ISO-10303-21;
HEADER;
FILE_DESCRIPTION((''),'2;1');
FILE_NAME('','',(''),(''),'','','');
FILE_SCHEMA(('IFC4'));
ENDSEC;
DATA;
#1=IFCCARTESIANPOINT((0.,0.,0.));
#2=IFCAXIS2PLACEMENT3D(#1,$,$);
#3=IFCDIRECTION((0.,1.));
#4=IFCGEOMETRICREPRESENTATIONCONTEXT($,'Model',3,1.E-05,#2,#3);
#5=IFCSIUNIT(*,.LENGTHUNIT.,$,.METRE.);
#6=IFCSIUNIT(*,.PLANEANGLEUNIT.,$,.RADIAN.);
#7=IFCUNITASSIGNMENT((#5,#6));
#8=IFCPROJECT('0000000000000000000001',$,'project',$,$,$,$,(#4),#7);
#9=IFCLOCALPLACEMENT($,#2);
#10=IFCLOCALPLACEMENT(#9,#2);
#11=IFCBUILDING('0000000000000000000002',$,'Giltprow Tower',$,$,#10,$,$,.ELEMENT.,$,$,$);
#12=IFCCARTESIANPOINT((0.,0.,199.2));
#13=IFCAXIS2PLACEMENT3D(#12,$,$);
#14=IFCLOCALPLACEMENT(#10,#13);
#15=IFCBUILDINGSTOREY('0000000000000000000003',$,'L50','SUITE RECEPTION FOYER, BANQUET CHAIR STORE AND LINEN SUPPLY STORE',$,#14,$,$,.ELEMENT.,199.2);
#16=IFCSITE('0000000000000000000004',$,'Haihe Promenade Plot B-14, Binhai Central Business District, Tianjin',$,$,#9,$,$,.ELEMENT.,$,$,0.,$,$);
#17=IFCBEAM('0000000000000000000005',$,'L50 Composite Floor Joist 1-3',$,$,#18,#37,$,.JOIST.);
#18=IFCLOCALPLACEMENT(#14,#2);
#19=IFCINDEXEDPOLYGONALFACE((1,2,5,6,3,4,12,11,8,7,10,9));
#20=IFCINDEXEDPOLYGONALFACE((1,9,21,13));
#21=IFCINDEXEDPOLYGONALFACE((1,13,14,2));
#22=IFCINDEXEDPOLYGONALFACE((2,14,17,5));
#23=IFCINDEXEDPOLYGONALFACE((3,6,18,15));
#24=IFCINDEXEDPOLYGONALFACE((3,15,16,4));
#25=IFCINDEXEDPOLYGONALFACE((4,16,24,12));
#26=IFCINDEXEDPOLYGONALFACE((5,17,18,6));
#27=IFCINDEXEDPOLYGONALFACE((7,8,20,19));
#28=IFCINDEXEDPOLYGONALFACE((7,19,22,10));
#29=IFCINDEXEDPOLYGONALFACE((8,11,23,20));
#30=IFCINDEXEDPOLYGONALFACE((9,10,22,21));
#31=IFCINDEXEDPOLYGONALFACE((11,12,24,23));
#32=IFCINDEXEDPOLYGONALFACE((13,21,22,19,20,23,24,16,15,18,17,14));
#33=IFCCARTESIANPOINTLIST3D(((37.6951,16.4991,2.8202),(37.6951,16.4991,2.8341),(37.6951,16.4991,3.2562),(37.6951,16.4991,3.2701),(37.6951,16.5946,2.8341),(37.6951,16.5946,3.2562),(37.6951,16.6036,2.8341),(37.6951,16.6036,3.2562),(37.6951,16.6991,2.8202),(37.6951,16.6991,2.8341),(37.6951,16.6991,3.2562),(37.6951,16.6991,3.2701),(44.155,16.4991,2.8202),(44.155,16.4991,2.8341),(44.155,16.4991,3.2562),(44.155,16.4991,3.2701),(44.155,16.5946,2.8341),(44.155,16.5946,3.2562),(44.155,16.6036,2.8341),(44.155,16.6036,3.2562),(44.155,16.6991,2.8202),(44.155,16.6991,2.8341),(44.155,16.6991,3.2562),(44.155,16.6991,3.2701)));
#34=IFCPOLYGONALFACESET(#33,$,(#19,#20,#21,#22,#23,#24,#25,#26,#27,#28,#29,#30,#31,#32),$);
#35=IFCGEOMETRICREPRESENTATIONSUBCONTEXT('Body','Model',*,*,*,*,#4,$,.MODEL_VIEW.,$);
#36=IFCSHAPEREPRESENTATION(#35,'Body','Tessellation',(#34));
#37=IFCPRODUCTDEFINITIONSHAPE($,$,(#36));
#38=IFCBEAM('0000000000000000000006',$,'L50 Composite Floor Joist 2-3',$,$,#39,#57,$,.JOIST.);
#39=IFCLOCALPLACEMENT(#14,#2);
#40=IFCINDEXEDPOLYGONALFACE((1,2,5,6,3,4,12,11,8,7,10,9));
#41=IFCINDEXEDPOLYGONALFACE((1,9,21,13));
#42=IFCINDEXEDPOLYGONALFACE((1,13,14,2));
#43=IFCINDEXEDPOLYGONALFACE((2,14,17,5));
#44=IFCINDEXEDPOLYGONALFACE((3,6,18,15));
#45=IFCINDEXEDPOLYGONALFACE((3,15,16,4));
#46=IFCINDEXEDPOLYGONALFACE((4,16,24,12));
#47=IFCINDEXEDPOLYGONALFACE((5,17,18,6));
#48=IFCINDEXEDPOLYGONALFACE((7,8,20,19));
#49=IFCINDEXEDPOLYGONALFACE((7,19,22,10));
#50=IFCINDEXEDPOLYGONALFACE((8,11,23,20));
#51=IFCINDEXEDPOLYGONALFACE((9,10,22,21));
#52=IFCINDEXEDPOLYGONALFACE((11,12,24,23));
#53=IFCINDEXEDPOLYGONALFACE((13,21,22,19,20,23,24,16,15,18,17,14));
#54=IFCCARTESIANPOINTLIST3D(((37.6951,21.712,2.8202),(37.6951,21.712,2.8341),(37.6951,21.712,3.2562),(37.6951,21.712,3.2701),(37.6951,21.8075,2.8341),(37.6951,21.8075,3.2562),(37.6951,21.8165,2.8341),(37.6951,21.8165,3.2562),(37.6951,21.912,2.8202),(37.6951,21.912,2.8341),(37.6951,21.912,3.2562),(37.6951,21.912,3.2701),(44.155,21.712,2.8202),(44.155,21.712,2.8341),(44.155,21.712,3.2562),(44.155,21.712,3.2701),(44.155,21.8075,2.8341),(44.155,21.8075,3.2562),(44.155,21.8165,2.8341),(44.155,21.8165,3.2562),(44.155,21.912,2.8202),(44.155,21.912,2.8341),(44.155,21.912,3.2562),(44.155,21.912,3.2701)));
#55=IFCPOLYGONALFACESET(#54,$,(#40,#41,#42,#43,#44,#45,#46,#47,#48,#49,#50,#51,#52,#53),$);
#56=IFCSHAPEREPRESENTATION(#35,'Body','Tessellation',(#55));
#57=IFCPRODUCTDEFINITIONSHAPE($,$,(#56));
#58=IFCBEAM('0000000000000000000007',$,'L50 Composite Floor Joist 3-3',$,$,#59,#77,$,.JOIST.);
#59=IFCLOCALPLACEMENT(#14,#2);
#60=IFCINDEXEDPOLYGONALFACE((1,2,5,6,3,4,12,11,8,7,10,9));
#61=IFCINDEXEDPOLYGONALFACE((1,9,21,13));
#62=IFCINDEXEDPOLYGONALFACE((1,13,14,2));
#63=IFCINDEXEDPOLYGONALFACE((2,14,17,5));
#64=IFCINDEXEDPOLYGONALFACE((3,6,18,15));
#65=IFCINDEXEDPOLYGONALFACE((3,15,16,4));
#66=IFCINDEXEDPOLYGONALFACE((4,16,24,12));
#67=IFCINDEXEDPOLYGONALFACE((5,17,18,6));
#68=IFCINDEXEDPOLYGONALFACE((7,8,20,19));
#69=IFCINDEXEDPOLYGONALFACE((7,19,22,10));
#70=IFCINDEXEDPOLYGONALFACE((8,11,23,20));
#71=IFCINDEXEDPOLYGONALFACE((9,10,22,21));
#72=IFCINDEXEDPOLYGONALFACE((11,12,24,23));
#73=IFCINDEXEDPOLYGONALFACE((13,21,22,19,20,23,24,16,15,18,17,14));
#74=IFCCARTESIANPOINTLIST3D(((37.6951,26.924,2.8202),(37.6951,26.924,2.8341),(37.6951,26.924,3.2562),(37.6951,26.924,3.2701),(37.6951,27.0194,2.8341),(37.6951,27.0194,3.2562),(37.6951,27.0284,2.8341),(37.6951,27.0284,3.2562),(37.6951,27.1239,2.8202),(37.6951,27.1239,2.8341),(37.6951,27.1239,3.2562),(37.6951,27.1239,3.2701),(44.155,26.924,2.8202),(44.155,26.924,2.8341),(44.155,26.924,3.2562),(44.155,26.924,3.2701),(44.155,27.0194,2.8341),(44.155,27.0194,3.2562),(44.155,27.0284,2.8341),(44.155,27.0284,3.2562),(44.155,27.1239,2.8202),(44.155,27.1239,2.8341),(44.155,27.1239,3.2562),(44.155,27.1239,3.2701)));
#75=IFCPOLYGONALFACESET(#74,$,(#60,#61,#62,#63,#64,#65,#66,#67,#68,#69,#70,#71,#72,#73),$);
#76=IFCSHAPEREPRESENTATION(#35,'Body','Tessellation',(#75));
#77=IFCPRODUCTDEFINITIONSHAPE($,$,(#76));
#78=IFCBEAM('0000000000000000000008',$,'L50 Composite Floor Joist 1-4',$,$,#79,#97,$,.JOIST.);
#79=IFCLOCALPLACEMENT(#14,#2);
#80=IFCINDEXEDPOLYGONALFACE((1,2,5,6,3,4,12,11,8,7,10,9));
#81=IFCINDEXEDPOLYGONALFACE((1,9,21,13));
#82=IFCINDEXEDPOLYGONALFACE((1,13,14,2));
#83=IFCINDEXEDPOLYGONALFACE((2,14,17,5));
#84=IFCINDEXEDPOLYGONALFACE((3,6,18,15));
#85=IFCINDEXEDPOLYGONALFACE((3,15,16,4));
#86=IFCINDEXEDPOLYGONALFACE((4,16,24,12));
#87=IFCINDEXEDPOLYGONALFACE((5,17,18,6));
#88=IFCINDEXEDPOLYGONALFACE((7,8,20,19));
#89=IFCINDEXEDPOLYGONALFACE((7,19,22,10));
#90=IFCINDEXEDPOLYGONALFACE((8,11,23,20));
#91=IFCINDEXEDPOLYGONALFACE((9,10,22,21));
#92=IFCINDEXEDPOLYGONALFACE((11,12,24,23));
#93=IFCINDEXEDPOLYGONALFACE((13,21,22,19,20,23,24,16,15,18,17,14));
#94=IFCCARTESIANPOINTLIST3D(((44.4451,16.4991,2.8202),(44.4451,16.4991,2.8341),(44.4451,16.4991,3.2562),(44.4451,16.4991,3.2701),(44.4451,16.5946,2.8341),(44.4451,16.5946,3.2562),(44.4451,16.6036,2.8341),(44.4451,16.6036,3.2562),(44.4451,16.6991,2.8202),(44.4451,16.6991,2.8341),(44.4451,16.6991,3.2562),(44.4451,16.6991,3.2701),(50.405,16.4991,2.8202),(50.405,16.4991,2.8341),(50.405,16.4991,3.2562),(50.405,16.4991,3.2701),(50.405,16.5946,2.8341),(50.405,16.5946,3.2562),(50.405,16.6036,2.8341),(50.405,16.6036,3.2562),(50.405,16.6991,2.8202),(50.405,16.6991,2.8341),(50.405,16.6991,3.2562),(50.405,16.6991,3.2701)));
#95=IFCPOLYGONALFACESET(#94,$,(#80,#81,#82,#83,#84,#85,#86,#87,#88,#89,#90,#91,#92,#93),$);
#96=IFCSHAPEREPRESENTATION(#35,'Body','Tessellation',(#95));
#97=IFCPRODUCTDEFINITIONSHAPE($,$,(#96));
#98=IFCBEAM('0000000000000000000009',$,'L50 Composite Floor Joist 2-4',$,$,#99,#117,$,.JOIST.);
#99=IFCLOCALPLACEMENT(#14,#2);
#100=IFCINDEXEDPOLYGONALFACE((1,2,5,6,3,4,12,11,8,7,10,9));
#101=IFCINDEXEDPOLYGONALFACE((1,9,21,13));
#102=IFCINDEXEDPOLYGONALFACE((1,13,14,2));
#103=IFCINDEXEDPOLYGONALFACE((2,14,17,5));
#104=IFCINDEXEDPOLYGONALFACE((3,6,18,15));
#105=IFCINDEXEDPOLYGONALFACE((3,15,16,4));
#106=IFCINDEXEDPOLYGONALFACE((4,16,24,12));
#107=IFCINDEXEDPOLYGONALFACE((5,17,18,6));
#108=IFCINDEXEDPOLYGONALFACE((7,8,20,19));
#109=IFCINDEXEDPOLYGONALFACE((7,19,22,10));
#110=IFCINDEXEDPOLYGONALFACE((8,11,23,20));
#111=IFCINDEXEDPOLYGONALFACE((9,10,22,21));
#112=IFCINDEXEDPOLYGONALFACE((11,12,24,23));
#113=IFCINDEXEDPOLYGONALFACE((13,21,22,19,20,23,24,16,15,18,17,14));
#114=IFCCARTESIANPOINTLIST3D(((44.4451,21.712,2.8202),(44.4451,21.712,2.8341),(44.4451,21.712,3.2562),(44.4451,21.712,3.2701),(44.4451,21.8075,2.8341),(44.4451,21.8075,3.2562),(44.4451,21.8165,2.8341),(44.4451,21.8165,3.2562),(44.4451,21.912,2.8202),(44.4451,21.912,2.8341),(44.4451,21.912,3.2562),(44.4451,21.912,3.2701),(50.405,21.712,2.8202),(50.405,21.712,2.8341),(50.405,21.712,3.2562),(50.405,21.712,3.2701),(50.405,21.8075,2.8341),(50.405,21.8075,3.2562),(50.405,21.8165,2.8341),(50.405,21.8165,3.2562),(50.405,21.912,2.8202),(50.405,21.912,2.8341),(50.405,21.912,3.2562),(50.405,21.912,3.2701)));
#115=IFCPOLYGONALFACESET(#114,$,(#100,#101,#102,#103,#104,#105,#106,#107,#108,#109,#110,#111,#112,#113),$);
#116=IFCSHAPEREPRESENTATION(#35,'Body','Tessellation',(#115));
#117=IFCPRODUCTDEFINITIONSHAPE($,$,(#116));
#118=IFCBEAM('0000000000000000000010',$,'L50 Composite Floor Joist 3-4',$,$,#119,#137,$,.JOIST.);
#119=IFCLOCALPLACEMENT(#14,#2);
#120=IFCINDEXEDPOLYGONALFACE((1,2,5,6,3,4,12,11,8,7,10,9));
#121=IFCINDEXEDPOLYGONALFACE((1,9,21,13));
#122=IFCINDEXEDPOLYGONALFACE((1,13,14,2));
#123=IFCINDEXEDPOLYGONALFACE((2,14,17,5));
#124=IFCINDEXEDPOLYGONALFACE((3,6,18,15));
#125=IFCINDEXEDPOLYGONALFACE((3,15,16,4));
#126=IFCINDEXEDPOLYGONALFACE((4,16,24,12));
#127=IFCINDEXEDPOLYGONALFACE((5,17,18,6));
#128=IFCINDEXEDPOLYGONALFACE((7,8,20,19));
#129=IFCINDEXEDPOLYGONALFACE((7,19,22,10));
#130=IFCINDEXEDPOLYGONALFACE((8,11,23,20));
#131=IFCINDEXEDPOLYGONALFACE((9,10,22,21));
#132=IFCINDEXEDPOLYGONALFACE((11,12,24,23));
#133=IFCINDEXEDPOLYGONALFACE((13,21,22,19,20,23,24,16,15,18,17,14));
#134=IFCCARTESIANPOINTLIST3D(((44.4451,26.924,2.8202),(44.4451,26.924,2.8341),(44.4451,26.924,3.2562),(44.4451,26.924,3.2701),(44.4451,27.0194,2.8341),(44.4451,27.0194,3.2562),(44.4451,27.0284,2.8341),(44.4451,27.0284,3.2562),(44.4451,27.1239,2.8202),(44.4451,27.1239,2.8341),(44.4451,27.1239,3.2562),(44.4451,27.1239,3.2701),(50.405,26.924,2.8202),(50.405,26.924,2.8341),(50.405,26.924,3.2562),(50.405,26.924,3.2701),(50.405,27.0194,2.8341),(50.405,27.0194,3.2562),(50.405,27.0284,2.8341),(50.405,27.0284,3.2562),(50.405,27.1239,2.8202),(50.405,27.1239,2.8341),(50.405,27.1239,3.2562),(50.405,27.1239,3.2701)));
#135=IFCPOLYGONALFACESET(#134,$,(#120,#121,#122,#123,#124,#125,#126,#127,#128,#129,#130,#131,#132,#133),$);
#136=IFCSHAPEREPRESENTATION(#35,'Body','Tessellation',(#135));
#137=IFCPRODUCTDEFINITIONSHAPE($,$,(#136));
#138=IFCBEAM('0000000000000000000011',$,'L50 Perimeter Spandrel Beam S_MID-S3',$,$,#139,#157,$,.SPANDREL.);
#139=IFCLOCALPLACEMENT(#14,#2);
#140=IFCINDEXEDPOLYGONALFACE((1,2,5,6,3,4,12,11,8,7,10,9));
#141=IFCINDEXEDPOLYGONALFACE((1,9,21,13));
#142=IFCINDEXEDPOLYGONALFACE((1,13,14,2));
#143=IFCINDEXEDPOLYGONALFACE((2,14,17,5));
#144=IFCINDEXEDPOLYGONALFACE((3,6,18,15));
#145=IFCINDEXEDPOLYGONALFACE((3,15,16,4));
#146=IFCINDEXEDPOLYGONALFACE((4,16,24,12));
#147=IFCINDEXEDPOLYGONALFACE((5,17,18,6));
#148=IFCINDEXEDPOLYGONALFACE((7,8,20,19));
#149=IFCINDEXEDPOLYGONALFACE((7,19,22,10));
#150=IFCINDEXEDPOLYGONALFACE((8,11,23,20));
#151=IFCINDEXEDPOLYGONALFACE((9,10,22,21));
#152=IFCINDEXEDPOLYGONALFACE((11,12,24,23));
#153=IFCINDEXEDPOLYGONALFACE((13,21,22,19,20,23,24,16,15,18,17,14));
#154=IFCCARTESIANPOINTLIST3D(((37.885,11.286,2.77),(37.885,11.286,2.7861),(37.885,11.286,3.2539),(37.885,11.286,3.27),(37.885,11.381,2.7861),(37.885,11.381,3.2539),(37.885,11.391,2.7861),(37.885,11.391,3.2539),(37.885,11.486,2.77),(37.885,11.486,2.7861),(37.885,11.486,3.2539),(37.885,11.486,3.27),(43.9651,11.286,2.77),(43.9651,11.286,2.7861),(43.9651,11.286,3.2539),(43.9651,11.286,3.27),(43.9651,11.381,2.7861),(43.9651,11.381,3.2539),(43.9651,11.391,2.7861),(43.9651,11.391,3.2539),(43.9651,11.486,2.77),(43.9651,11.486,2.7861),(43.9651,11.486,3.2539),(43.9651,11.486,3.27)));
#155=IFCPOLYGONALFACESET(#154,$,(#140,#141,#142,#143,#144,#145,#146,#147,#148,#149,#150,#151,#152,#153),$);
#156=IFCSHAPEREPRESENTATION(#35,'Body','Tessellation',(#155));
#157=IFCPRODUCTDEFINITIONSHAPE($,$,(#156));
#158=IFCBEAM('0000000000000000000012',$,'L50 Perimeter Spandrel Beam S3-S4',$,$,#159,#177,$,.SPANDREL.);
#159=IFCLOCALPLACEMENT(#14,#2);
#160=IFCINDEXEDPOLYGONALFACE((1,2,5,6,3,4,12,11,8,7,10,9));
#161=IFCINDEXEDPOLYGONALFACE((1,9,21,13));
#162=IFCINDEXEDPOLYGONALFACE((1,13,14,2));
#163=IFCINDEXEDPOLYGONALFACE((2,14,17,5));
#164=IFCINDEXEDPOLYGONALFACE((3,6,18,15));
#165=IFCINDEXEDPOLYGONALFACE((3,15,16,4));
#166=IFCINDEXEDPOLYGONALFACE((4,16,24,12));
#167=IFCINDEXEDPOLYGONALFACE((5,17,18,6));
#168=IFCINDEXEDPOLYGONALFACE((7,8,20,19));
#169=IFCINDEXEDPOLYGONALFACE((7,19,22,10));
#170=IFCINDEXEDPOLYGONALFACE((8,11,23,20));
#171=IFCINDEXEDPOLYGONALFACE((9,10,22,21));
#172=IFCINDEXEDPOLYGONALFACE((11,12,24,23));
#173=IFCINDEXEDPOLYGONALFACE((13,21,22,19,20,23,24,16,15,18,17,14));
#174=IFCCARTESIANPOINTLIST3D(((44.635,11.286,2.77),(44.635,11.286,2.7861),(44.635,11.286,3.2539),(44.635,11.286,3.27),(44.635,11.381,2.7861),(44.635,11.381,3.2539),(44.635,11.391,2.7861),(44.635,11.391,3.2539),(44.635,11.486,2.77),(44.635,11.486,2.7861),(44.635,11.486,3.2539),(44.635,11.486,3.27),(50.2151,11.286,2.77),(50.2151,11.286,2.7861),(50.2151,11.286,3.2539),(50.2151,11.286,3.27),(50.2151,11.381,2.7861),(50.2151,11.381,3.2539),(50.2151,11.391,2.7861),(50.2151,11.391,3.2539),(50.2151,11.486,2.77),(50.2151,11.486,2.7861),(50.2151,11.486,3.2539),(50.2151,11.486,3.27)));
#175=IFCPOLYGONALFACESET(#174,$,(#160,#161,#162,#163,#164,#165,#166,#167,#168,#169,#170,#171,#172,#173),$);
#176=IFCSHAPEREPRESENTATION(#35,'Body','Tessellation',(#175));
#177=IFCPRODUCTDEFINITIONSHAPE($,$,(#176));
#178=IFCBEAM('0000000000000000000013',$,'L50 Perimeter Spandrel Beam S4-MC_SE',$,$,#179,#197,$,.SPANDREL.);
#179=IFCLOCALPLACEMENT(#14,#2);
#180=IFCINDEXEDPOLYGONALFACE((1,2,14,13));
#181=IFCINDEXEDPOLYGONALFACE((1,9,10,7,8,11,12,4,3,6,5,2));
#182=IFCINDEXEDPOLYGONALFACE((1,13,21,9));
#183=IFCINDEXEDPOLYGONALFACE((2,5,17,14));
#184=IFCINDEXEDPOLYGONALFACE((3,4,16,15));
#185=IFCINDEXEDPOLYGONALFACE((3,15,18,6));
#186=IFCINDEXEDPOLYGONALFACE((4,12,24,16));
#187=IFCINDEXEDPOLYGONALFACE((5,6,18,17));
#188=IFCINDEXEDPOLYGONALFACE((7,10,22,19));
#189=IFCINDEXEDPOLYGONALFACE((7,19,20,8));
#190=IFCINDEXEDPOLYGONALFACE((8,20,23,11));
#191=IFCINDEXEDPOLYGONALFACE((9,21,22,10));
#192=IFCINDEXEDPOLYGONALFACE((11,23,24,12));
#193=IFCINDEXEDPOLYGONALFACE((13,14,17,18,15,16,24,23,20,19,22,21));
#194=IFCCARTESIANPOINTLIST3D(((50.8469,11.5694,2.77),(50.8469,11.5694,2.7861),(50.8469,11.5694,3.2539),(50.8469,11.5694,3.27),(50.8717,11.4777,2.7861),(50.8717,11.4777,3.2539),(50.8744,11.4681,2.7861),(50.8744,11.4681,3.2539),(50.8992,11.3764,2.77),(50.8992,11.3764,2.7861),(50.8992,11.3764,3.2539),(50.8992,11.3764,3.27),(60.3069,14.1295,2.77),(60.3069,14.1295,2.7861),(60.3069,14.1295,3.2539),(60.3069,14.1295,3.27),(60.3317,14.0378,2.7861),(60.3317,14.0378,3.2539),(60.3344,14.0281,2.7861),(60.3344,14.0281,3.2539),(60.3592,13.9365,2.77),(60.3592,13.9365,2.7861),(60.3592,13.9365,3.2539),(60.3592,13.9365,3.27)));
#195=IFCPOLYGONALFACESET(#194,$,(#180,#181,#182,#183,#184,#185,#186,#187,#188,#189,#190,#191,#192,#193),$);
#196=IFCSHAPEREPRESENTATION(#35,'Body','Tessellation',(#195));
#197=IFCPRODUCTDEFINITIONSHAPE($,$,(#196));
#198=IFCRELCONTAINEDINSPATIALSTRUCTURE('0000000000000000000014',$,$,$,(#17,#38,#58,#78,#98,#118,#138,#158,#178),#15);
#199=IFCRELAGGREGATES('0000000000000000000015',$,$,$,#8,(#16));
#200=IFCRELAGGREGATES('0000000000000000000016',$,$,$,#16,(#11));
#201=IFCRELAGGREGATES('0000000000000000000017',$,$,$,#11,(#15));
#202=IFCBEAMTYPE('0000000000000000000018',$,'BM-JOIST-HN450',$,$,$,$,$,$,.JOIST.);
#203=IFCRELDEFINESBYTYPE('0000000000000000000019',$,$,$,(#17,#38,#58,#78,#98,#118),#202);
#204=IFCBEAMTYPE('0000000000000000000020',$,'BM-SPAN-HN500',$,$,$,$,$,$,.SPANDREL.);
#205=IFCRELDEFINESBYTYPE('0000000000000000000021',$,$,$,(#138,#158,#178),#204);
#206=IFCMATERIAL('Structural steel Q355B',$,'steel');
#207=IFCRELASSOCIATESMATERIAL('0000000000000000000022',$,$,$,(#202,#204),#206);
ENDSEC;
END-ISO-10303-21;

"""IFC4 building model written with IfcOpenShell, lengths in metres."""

from ifc_helpers import new_model, si_unit, direction, frame, origin, origin_2d, place, context, subcontext, project, spatial, i_section, extrude, source, transform, mapped, material, material_profile, profile_set, type_object, element, save


model = new_model("IFC4")

# Units and contexts
model_context = context("Model", 3, precision=1e-05, world=origin(), true_north=direction((0.0, 1.0)))
body_context = subcontext(model_context, "Body", "Model", "MODEL_VIEW")
ifc_project = project(units=[si_unit("LENGTHUNIT", "METRE"), si_unit("PLANEANGLEUNIT", "RADIAN")], contexts=[model_context])

# Site, building, storey
site_placement = place(None, origin())
site = spatial("IfcSite", under=ifc_project, at=site_placement, Name="Haihe Promenade Plot B-14, Binhai Central Business District, Tianjin", CompositionType="ELEMENT", RefElevation=0.0)
building_placement = place(site_placement, origin())
building = spatial("IfcBuilding", under=site, at=building_placement, Name="Giltprow Tower", CompositionType="ELEMENT")
storey_placement = place(building_placement, frame((0.0, 0.0, 199.2)))
storey = spatial("IfcBuildingStorey", under=building, at=storey_placement, Name="L50", Description="SUITE RECEPTION FOYER, BANQUET CHAIR STORE AND LINEN SUPPLY STORE", CompositionType="ELEMENT", Elevation=199.2)

# Beams
ifc_material_1 = material(Name="Structural steel Q355B", Category="steel")
ifc_material_profile_1 = material_profile(ifc_material_1, i_section(OverallWidth=0.2, OverallDepth=0.45, WebThickness=0.009, FlangeThickness=0.0139, at=origin_2d()), Name="HN 450x200x9x14")
ifc_profile_set_1 = profile_set([ifc_material_profile_1], Name="Structural steel Q355B")
beam_type_1 = type_object("IfcBeamType", Name="BM-JOIST-HN450", PredefinedType="JOIST", material=ifc_profile_set_1)
shared_shape_1 = source(origin(), body_context, "Body", "SweptSolid", [
    extrude(i_section(OverallWidth=0.2, OverallDepth=0.45, WebThickness=0.009, FlangeThickness=0.0139, at=origin_2d()), origin(), (0.0, 0.0, 1.0), 6.46),
])
for number, where, z_axis, x_axis, name in (
    (1, (37.6951, 16.5991, 3.0452), (1.0, 0.0, 0.0), (0.0, 1.0, 0.0), "L50 Composite Floor Joist 1-3"),
    (2, (37.6951, 21.812, 3.0452), (1.0, 0.0, 0.0), (0.0, 1.0, 0.0), "L50 Composite Floor Joist 2-3"),
    (3, (37.6951, 27.0239, 3.0452), (1.0, 0.0, 0.0), (0.0, 1.0, 0.0), "L50 Composite Floor Joist 3-3"),
):
    element("IfcBeam", number, at=place(storey_placement, frame(where, z_axis=z_axis, x_axis=x_axis)), inside=storey, type_object=beam_type_1, Name=name, PredefinedType="JOIST", context=body_context, shape_type="MappedRepresentation", body=[
        mapped(shared_shape_1, transform((0.0, 0.0, 0.0), x_axis=(1.0, 0.0, 0.0), y_axis=(0.0, 1.0, 0.0), z_axis=(0.0, 0.0, 1.0), scale=1.0)),
    ])
shared_shape_2 = source(origin(), body_context, "Body", "SweptSolid", [
    extrude(i_section(OverallWidth=0.2, OverallDepth=0.45, WebThickness=0.009, FlangeThickness=0.0139, at=origin_2d()), origin(), (0.0, 0.0, 1.0), 5.96),
])
for number, where, z_axis, x_axis, name in (
    (4, (44.4451, 16.5991, 3.0452), (1.0, 0.0, 0.0), (0.0, 1.0, 0.0), "L50 Composite Floor Joist 1-4"),
    (5, (44.4451, 21.812, 3.0452), (1.0, 0.0, 0.0), (0.0, 1.0, 0.0), "L50 Composite Floor Joist 2-4"),
    (6, (44.4451, 27.0239, 3.0452), (1.0, 0.0, 0.0), (0.0, 1.0, 0.0), "L50 Composite Floor Joist 3-4"),
):
    element("IfcBeam", number, at=place(storey_placement, frame(where, z_axis=z_axis, x_axis=x_axis)), inside=storey, type_object=beam_type_1, Name=name, PredefinedType="JOIST", context=body_context, shape_type="MappedRepresentation", body=[
        mapped(shared_shape_2, transform((0.0, 0.0, 0.0), x_axis=(1.0, 0.0, 0.0), y_axis=(0.0, 1.0, 0.0), z_axis=(0.0, 0.0, 1.0), scale=1.0)),
    ])
ifc_material_profile_2 = material_profile(ifc_material_1, i_section(OverallWidth=0.2, OverallDepth=0.5, WebThickness=0.01, FlangeThickness=0.0161, at=origin_2d()), Name="HN 500x200x10x16")
ifc_profile_set_2 = profile_set([ifc_material_profile_2], Name="Structural steel Q355B")
beam_type_2 = type_object("IfcBeamType", Name="BM-SPAN-HN500", PredefinedType="SPANDREL", material=ifc_profile_set_2)
shared_shape_3 = source(origin(), body_context, "Body", "SweptSolid", [
    extrude(i_section(OverallWidth=0.2, OverallDepth=0.5, WebThickness=0.01, FlangeThickness=0.0161, at=origin_2d()), origin(), (0.0, 0.0, 1.0), 6.0801),
])
beam_1_placement = place(storey_placement, frame((37.885, 11.386, 3.02), z_axis=(1.0, 0.0, 0.0), x_axis=(0.0, 1.0, 0.0)))
element("IfcBeam", 7, at=beam_1_placement, inside=storey, type_object=beam_type_2, Name="L50 Perimeter Spandrel Beam S_MID-S3", PredefinedType="SPANDREL", context=body_context, shape_type="MappedRepresentation", body=[
    mapped(shared_shape_3, transform((0.0, 0.0, 0.0), x_axis=(1.0, 0.0, 0.0), y_axis=(0.0, 1.0, 0.0), z_axis=(0.0, 0.0, 1.0), scale=1.0)),
])
shared_shape_4 = source(origin(), body_context, "Body", "SweptSolid", [
    extrude(i_section(OverallWidth=0.2, OverallDepth=0.5, WebThickness=0.01, FlangeThickness=0.0161, at=origin_2d()), origin(), (0.0, 0.0, 1.0), 5.5801),
])
beam_2_placement = place(storey_placement, frame((44.635, 11.386, 3.02), z_axis=(1.0, 0.0, 0.0), x_axis=(0.0, 1.0, 0.0)))
element("IfcBeam", 8, at=beam_2_placement, inside=storey, type_object=beam_type_2, Name="L50 Perimeter Spandrel Beam S3-S4", PredefinedType="SPANDREL", context=body_context, shape_type="MappedRepresentation", body=[
    mapped(shared_shape_4, transform((0.0, 0.0, 0.0), x_axis=(1.0, 0.0, 0.0), y_axis=(0.0, 1.0, 0.0), z_axis=(0.0, 0.0, 1.0), scale=1.0)),
])
shared_shape_5 = source(origin(), body_context, "Body", "SweptSolid", [
    extrude(i_section(OverallWidth=0.2, OverallDepth=0.5, WebThickness=0.01, FlangeThickness=0.0161, at=origin_2d()), origin(), (0.0, 0.0, 1.0), 9.8003),
])
beam_3_placement = place(storey_placement, frame((50.873, 11.4729, 3.02), z_axis=(0.965278, 0.261224, 0.0), x_axis=(-0.261224, 0.965278, 0.0)))
element("IfcBeam", 9, at=beam_3_placement, inside=storey, type_object=beam_type_2, Name="L50 Perimeter Spandrel Beam S4-MC_SE", PredefinedType="SPANDREL", context=body_context, shape_type="MappedRepresentation", body=[
    mapped(shared_shape_5, transform((0.0, 0.0, 0.0), x_axis=(1.0, 0.0, 0.0), y_axis=(0.0, 1.0, 0.0), z_axis=(0.0, 0.0, 1.0), scale=1.0)),
])

save(model, "model.ifc")
